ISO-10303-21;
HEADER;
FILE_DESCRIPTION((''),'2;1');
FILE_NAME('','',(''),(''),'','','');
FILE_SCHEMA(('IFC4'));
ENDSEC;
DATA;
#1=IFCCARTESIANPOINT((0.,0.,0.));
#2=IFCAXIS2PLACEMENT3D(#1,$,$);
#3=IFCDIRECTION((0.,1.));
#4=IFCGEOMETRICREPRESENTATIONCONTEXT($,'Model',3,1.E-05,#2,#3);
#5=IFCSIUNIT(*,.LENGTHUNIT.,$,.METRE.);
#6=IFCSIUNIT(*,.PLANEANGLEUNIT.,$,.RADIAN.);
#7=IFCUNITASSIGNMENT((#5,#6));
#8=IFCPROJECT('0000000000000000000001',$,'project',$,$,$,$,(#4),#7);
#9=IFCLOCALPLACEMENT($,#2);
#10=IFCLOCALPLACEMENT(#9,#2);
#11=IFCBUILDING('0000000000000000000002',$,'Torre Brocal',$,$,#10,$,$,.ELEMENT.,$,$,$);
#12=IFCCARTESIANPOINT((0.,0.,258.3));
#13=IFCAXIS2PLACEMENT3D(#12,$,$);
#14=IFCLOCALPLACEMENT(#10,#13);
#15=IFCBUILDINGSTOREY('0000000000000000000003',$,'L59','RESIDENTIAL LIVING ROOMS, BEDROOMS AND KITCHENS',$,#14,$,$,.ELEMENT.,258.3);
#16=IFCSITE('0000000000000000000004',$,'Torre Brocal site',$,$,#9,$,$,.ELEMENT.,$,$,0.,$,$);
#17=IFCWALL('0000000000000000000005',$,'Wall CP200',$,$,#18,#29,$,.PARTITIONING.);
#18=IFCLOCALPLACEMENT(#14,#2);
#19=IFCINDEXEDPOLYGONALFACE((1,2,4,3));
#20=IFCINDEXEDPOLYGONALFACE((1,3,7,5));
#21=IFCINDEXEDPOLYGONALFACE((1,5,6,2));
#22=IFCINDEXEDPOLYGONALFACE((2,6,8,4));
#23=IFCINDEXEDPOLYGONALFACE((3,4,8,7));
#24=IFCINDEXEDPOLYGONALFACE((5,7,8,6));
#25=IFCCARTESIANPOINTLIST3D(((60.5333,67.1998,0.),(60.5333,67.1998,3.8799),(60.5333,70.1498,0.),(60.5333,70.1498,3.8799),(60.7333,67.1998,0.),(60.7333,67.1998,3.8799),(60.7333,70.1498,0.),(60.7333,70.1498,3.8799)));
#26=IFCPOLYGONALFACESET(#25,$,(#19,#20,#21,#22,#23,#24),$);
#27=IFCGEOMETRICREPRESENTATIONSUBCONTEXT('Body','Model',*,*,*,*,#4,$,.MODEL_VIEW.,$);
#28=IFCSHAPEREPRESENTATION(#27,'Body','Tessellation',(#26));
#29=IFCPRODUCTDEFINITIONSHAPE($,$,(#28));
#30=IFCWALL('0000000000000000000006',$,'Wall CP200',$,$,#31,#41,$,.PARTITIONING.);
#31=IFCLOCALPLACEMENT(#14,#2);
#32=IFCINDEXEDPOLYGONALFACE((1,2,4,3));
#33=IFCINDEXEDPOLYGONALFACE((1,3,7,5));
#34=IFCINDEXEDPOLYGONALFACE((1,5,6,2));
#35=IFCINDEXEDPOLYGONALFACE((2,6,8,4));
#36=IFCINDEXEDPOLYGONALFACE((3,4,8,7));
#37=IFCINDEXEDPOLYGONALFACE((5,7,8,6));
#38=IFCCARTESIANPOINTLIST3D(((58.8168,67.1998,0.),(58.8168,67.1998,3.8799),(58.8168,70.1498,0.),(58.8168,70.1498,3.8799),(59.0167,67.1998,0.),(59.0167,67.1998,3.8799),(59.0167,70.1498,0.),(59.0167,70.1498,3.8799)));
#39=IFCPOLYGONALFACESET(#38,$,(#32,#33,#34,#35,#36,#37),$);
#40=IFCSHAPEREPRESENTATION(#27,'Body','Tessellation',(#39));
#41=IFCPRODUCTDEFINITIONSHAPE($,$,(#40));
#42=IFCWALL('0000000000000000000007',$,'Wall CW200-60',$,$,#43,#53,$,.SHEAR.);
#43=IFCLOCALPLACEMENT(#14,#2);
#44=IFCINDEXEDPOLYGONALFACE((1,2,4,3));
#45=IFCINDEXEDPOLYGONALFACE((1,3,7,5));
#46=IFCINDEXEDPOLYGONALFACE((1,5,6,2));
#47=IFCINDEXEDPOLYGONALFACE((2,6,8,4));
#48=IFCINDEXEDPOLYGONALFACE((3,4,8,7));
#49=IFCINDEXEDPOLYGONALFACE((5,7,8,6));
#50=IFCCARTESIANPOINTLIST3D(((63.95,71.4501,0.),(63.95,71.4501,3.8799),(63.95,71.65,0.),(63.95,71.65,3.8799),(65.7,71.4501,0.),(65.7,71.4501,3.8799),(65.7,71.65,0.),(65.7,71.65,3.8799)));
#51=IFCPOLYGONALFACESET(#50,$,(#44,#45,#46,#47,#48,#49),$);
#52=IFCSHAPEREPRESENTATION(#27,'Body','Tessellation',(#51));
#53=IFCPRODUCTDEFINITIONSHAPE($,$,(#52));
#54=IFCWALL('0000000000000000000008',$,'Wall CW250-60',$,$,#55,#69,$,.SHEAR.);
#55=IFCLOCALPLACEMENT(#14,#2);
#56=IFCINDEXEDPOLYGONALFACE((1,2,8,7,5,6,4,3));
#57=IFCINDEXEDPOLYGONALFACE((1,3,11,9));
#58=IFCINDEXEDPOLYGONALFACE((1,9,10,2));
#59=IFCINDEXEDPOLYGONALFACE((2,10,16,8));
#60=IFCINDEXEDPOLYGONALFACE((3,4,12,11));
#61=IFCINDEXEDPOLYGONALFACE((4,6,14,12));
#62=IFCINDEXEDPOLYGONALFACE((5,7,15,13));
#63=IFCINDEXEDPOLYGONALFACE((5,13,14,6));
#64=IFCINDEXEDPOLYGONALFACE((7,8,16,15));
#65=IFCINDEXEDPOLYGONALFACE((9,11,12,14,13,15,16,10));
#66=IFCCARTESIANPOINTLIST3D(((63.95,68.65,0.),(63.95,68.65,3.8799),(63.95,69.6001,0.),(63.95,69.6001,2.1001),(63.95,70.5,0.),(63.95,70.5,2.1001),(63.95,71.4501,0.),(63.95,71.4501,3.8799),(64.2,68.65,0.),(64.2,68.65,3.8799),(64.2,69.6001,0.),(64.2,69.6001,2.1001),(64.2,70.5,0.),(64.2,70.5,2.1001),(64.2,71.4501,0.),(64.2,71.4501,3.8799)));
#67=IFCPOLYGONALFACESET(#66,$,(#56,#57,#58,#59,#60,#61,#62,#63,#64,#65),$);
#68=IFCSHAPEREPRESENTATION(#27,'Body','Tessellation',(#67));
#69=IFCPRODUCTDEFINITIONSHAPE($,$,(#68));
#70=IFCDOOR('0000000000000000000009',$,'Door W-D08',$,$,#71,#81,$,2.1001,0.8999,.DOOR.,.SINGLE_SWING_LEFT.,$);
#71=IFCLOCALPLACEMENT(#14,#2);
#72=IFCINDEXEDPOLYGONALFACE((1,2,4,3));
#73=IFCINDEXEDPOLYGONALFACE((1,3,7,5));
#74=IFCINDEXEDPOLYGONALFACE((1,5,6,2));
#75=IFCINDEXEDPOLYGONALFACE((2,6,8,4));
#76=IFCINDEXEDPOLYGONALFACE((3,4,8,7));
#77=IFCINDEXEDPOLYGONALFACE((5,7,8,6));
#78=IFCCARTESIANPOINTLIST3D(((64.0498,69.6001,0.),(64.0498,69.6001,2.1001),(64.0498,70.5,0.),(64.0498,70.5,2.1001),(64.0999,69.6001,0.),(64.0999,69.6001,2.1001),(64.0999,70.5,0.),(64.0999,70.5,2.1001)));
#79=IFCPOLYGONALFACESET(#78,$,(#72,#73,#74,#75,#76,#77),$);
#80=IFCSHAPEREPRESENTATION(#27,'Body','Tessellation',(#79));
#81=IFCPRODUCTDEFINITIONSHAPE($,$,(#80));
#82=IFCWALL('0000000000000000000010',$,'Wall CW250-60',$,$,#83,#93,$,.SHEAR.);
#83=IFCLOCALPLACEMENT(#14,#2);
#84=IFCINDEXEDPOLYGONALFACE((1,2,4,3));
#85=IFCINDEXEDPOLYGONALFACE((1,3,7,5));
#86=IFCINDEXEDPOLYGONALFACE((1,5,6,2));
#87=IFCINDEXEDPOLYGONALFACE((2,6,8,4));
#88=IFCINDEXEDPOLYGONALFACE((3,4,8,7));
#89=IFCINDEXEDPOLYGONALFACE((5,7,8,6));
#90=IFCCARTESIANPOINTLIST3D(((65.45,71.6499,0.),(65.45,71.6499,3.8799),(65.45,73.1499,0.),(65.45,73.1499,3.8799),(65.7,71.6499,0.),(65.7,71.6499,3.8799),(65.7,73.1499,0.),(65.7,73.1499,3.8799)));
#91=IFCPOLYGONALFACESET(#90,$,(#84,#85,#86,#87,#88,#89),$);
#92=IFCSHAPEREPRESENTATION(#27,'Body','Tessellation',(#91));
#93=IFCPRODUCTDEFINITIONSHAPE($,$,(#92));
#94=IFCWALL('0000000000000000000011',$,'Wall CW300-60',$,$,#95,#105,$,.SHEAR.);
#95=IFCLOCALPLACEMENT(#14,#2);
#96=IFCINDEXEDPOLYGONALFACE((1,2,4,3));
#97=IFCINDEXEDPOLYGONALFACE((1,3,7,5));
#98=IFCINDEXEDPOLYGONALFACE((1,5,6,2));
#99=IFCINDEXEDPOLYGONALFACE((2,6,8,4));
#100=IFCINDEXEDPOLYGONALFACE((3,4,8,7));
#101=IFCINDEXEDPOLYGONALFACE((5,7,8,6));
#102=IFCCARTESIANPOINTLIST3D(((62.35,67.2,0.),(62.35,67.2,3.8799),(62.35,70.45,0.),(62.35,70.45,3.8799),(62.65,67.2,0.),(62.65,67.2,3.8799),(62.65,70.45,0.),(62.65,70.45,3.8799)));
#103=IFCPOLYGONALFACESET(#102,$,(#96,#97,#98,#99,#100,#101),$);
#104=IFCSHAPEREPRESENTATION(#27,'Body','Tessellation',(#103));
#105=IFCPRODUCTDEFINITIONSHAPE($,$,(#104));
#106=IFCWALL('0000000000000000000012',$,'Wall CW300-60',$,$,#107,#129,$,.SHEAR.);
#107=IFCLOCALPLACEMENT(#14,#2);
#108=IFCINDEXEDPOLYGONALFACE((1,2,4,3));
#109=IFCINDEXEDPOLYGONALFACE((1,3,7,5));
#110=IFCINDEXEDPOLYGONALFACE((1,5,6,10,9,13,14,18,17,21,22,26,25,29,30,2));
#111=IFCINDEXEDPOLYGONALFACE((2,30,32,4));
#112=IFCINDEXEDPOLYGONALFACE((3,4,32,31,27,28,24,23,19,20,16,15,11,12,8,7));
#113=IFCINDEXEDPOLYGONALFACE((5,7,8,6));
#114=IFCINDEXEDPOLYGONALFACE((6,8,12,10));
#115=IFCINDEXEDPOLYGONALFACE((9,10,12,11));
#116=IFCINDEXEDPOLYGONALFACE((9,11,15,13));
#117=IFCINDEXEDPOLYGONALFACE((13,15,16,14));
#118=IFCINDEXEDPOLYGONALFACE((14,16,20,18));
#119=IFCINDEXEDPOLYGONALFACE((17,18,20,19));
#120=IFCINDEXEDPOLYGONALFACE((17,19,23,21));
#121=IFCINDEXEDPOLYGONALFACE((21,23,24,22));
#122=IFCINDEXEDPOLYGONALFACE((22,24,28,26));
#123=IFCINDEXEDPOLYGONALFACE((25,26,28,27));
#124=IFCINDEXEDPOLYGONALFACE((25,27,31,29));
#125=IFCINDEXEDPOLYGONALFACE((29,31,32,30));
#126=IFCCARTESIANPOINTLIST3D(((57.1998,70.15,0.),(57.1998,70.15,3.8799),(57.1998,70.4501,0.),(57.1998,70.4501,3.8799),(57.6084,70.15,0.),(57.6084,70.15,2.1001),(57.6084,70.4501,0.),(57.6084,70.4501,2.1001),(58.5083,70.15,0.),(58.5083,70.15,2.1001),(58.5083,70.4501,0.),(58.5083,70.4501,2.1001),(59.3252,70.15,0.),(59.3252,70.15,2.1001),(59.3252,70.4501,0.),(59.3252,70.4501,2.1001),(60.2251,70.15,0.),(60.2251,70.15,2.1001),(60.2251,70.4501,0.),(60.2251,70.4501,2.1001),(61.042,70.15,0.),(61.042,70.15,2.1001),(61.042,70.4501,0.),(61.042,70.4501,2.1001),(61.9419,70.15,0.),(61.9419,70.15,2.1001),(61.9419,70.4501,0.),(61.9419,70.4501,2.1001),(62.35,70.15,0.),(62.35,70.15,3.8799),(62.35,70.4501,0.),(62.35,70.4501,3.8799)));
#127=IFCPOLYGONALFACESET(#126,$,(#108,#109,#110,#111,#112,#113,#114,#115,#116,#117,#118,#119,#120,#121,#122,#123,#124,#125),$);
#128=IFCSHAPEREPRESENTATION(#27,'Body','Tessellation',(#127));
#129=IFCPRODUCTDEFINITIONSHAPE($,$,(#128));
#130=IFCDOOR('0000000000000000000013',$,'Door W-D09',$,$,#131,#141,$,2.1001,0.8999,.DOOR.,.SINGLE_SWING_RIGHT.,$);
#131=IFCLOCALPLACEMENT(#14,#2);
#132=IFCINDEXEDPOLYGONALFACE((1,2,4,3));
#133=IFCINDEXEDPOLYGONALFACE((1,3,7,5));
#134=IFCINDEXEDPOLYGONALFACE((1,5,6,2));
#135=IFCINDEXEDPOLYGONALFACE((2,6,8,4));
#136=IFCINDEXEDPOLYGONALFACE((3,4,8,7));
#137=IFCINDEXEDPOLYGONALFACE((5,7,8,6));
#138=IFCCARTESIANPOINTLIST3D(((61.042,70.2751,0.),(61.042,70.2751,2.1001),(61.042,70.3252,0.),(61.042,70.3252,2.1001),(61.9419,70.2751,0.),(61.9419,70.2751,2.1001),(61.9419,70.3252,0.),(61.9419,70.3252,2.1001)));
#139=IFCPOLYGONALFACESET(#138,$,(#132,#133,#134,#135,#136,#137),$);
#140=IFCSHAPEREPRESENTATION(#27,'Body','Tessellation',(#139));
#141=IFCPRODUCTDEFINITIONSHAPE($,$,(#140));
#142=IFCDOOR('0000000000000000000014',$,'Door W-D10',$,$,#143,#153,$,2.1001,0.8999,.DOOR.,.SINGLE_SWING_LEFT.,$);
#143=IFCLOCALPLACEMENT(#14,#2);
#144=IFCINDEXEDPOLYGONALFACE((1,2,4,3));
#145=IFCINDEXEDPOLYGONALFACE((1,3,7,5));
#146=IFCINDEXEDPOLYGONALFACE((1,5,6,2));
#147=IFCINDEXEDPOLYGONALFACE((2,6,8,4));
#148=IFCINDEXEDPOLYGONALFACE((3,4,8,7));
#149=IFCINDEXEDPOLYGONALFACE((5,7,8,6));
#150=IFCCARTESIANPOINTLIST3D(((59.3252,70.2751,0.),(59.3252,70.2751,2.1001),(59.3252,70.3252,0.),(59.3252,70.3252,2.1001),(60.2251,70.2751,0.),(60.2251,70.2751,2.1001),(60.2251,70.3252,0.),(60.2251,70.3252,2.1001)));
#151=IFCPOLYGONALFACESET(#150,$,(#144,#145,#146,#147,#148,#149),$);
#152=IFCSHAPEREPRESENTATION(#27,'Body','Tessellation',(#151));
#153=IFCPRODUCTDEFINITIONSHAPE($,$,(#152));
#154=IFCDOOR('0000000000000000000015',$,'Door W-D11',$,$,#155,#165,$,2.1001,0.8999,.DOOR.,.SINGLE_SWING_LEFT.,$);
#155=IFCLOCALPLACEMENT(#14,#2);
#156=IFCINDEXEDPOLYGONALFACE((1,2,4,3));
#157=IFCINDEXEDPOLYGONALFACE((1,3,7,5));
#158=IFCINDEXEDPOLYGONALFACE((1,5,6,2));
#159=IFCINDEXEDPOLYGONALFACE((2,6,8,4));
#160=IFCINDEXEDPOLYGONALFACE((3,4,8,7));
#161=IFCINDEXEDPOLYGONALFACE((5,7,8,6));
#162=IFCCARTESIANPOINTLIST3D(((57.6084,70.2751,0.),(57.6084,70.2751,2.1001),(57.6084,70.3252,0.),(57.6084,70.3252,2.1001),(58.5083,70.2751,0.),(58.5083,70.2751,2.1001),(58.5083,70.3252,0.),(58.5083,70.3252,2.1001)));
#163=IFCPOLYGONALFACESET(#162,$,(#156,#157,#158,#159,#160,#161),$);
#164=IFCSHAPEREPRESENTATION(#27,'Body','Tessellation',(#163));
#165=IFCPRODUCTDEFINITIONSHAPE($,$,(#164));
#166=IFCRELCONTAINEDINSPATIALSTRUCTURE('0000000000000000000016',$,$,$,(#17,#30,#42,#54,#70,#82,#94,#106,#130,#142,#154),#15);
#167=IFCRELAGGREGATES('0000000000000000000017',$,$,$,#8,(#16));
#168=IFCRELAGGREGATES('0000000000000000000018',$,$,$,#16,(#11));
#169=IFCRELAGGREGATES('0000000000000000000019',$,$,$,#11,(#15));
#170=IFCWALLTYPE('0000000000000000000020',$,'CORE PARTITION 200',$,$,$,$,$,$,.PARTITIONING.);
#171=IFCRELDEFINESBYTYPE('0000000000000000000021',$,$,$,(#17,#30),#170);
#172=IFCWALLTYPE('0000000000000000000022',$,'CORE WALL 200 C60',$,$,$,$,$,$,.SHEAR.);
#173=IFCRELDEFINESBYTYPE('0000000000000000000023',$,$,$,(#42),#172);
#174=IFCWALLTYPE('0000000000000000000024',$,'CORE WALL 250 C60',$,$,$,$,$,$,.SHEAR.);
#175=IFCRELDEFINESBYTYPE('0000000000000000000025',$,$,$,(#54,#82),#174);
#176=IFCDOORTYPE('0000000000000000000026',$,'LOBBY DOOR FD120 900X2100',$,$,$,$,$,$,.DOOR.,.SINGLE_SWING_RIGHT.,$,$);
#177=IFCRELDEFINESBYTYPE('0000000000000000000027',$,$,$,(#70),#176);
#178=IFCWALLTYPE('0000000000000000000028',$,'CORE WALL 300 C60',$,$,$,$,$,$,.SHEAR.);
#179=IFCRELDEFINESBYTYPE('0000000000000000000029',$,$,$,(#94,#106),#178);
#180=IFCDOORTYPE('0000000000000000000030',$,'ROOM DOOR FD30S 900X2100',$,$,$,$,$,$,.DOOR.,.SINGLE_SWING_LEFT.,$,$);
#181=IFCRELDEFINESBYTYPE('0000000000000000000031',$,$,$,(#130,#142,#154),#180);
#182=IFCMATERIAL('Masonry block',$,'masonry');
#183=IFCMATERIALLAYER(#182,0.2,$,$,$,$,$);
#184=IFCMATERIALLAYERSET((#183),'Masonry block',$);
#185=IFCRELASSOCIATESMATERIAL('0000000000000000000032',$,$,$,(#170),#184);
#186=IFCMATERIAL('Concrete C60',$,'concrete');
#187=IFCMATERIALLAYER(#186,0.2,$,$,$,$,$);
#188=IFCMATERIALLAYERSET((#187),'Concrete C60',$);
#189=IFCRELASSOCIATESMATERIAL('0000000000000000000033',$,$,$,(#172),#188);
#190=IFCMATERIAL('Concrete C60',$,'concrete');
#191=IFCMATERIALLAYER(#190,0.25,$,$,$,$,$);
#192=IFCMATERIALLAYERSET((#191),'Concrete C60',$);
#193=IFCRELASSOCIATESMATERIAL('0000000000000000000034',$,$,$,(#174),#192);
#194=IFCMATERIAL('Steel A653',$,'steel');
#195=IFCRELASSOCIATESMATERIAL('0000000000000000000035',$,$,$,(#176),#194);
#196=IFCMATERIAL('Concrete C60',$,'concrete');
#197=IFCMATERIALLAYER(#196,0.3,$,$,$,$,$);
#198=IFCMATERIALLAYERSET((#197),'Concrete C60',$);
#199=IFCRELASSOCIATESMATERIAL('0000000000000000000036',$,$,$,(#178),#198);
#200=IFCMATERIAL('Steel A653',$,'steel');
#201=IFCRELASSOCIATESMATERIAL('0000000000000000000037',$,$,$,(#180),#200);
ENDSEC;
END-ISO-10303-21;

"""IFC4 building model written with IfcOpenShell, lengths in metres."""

from ifc_helpers import new_model, si_unit, direction, frame, frame_2d, origin, place, context, subcontext, project, spatial, rectangle, extrude, material, layer, layer_set, type_object, element, fill, save


model = new_model("IFC4")

# Units and contexts
model_context = context("Model", 3, precision=1e-05, world=origin(), true_north=direction((0.0, 1.0)))
body_context = subcontext(model_context, "Body", "Model", "MODEL_VIEW")
ifc_project = project(units=[si_unit("LENGTHUNIT", "METRE"), si_unit("PLANEANGLEUNIT", "RADIAN")], contexts=[model_context])

# Site, building, storey
site_placement = place(None, origin())
site = spatial("IfcSite", under=ifc_project, at=site_placement, Name="Torre Brocal site", CompositionType="ELEMENT", RefElevation=0.0)
building_placement = place(site_placement, origin())
building = spatial("IfcBuilding", under=site, at=building_placement, Name="Torre Brocal", CompositionType="ELEMENT")
storey_placement = place(building_placement, frame((0.0, 0.0, 258.3)))
storey = spatial("IfcBuildingStorey", under=building, at=storey_placement, Name="L59", Description="RESIDENTIAL LIVING ROOMS, BEDROOMS AND KITCHENS", CompositionType="ELEMENT", Elevation=258.3)

# Walls
ifc_material_1 = material(Name="Masonry block", Category="masonry")
ifc_layer_1 = layer(ifc_material_1, 0.2)
ifc_layer_set_1 = layer_set([ifc_layer_1], Name="Masonry block")
wall_type_1 = type_object("IfcWallType", Name="CORE PARTITION 200", PredefinedType="PARTITIONING", material=ifc_layer_set_1)
for number, where, z_axis, x_axis, name in (
    (1, (60.6333, 70.1499, 0.0), (0.0, 0.0, 1.0), (0.0, -1.0, 0.0), "Wall CP200"),
    (2, (58.9167, 70.1499, 0.0), (0.0, 0.0, 1.0), (0.0, -1.0, 0.0), "Wall CP200"),
):
    element("IfcWall", number, at=place(storey_placement, frame(where, z_axis=z_axis, x_axis=x_axis)), inside=storey, type_object=wall_type_1, Name=name, PredefinedType="PARTITIONING", context=body_context, shape_type="SweptSolid", body=[
        extrude(rectangle(XDim=2.95, YDim=0.2, at=frame_2d((1.4751, 0.0))), origin(), (0.0, 0.0, 1.0), 3.8799),
    ])
ifc_material_2 = material(Name="Concrete C60", Category="concrete")
ifc_layer_2 = layer(ifc_material_2, 0.2)
ifc_layer_set_2 = layer_set([ifc_layer_2], Name="Concrete C60")
wall_type_2 = type_object("IfcWallType", Name="CORE WALL 200 C60", PredefinedType="SHEAR", material=ifc_layer_set_2)
wall_1_placement = place(storey_placement, frame((65.7, 71.55, 0.0), z_axis=(0.0, 0.0, 1.0), x_axis=(-1.0, 0.0, 0.0)))
element("IfcWall", 3, at=wall_1_placement, inside=storey, type_object=wall_type_2, Name="Wall CW200-60", PredefinedType="SHEAR", context=body_context, shape_type="SweptSolid", body=[
    extrude(rectangle(XDim=1.75, YDim=0.2, at=frame_2d((0.875, 0.0))), origin(), (0.0, 0.0, 1.0), 3.8799),
])

# Wall, opening, door
ifc_material_3 = material(Name="Concrete C60", Category="concrete")
ifc_layer_3 = layer(ifc_material_3, 0.25)
ifc_layer_set_3 = layer_set([ifc_layer_3], Name="Concrete C60")
wall_type_3 = type_object("IfcWallType", Name="CORE WALL 250 C60", PredefinedType="SHEAR", material=ifc_layer_set_3)
wall_2_placement = place(storey_placement, frame((64.075, 71.45, 0.0), z_axis=(0.0, 0.0, 1.0), x_axis=(0.0, -1.0, 0.0)))
wall_2 = element("IfcWall", 4, at=wall_2_placement, inside=storey, type_object=wall_type_3, Name="Wall CW250-60", PredefinedType="SHEAR", context=body_context, shape_type="SweptSolid", body=[
    extrude(rectangle(XDim=2.8, YDim=0.25, at=frame_2d((1.3999, 0.0))), origin(), (0.0, 0.0, 1.0), 3.8799),
])
opening_1_placement = place(wall_2_placement, frame((0.95, 0.0, 0.0)))
opening_1 = element("IfcOpeningElement", 5, at=opening_1_placement, cuts=wall_2, PredefinedType="OPENING", context=body_context, shape_type="SweptSolid", body=[
    extrude(rectangle(XDim=0.8999, YDim=2.1001, at=frame_2d((0.45, 1.05))), frame((0.0, 0.135, 0.0), z_axis=(0.0, -1.0, 0.0), x_axis=(1.0, 0.0, 0.0)), (0.0, 0.0, 1.0), 0.27),
])
ifc_material_4 = material(Name="Steel A653", Category="steel")
door_type_1 = type_object("IfcDoorType", Name="LOBBY DOOR FD120 900X2100", OperationType="SINGLE_SWING_RIGHT", PredefinedType="DOOR", material=ifc_material_4)
door_1_placement = place(opening_1_placement, origin())
door_1 = element("IfcDoor", 6, at=door_1_placement, inside=storey, type_object=door_type_1, Name="Door W-D08", OperationType="SINGLE_SWING_LEFT", OverallHeight=2.1001, OverallWidth=0.8999, PredefinedType="DOOR", context=body_context, shape_type="SweptSolid", body=[
    extrude(rectangle(XDim=0.8999, YDim=2.1001, at=frame_2d((0.45, 1.05))), frame((0.0, 0.0249, 0.0), z_axis=(0.0, -1.0, 0.0), x_axis=(1.0, 0.0, 0.0)), (0.0, 0.0, 1.0), 0.05),
])
fill(opening_1, door_1)

# Walls
wall_3_placement = place(storey_placement, frame((65.575, 73.1499, 0.0), z_axis=(0.0, 0.0, 1.0), x_axis=(0.0, -1.0, 0.0)))
element("IfcWall", 7, at=wall_3_placement, inside=storey, type_object=wall_type_3, Name="Wall CW250-60", PredefinedType="SHEAR", context=body_context, shape_type="SweptSolid", body=[
    extrude(rectangle(XDim=1.5, YDim=0.25, at=frame_2d((0.75, 0.0))), origin(), (0.0, 0.0, 1.0), 3.8799),
])
ifc_material_5 = material(Name="Concrete C60", Category="concrete")
ifc_layer_4 = layer(ifc_material_5, 0.3)
ifc_layer_set_4 = layer_set([ifc_layer_4], Name="Concrete C60")
wall_type_4 = type_object("IfcWallType", Name="CORE WALL 300 C60", PredefinedType="SHEAR", material=ifc_layer_set_4)
wall_4_placement = place(storey_placement, frame((62.5, 70.45, 0.0), z_axis=(0.0, 0.0, 1.0), x_axis=(0.0, -1.0, 0.0)))
element("IfcWall", 8, at=wall_4_placement, inside=storey, type_object=wall_type_4, Name="Wall CW300-60", PredefinedType="SHEAR", context=body_context, shape_type="SweptSolid", body=[
    extrude(rectangle(XDim=3.25, YDim=0.3, at=frame_2d((1.625, 0.0))), origin(), (0.0, 0.0, 1.0), 3.8799),
])

# Wall, openings, doors
wall_5_placement = place(storey_placement, frame((62.3501, 70.3, 0.0), z_axis=(0.0, 0.0, 1.0), x_axis=(-1.0, 0.0, 0.0)))
wall_5 = element("IfcWall", 9, at=wall_5_placement, inside=storey, type_object=wall_type_4, Name="Wall CW300-60", PredefinedType="SHEAR", context=body_context, shape_type="SweptSolid", body=[
    extrude(rectangle(XDim=5.1501, YDim=0.3, at=frame_2d((2.5752, 0.0))), origin(), (0.0, 0.0, 1.0), 3.8799),
])
opening_2_placement = place(wall_5_placement, frame((0.4082, 0.0, 0.0)))
opening_2 = element("IfcOpeningElement", 10, at=opening_2_placement, cuts=wall_5, PredefinedType="OPENING", context=body_context, shape_type="SweptSolid", body=[
    extrude(rectangle(XDim=0.8999, YDim=2.1001, at=frame_2d((0.45, 1.05))), frame((0.0, 0.1599, 0.0), z_axis=(0.0, -1.0, 0.0), x_axis=(1.0, 0.0, 0.0)), (0.0, 0.0, 1.0), 0.3201),
])
opening_3_placement = place(wall_5_placement, frame((2.125, 0.0, 0.0)))
opening_3 = element("IfcOpeningElement", 11, at=opening_3_placement, cuts=wall_5, PredefinedType="OPENING", context=body_context, shape_type="SweptSolid", body=[
    extrude(rectangle(XDim=0.8999, YDim=2.1001, at=frame_2d((0.45, 1.05))), frame((0.0, 0.1599, 0.0), z_axis=(0.0, -1.0, 0.0), x_axis=(1.0, 0.0, 0.0)), (0.0, 0.0, 1.0), 0.3201),
])
opening_4_placement = place(wall_5_placement, frame((3.8418, 0.0, 0.0)))
opening_4 = element("IfcOpeningElement", 12, at=opening_4_placement, cuts=wall_5, PredefinedType="OPENING", context=body_context, shape_type="SweptSolid", body=[
    extrude(rectangle(XDim=0.8999, YDim=2.1001, at=frame_2d((0.45, 1.05))), frame((0.0, 0.1599, 0.0), z_axis=(0.0, -1.0, 0.0), x_axis=(1.0, 0.0, 0.0)), (0.0, 0.0, 1.0), 0.3201),
])
ifc_material_6 = material(Name="Steel A653", Category="steel")
door_type_2 = type_object("IfcDoorType", Name="ROOM DOOR FD30S 900X2100", OperationType="SINGLE_SWING_LEFT", PredefinedType="DOOR", material=ifc_material_6)
door_2_placement = place(opening_2_placement, origin())
door_2 = element("IfcDoor", 13, at=door_2_placement, inside=storey, type_object=door_type_2, Name="Door W-D09", OperationType="SINGLE_SWING_RIGHT", OverallHeight=2.1001, OverallWidth=0.8999, PredefinedType="DOOR", context=body_context, shape_type="SweptSolid", body=[
    extrude(rectangle(XDim=0.8999, YDim=2.1001, at=frame_2d((0.45, 1.05))), frame((0.0, 0.0249, 0.0), z_axis=(0.0, -1.0, 0.0), x_axis=(1.0, 0.0, 0.0)), (0.0, 0.0, 1.0), 0.05),
])
fill(opening_2, door_2)
door_3_placement = place(opening_3_placement, origin())
door_3 = element("IfcDoor", 14, at=door_3_placement, inside=storey, type_object=door_type_2, Name="Door W-D10", OperationType="SINGLE_SWING_LEFT", OverallHeight=2.1001, OverallWidth=0.8999, PredefinedType="DOOR", context=body_context, shape_type="SweptSolid", body=[
    extrude(rectangle(XDim=0.8999, YDim=2.1001, at=frame_2d((0.45, 1.05))), frame((0.0, 0.0249, 0.0), z_axis=(0.0, -1.0, 0.0), x_axis=(1.0, 0.0, 0.0)), (0.0, 0.0, 1.0), 0.05),
])
fill(opening_3, door_3)
door_4_placement = place(opening_4_placement, origin())
door_4 = element("IfcDoor", 15, at=door_4_placement, inside=storey, type_object=door_type_2, Name="Door W-D11", OperationType="SINGLE_SWING_LEFT", OverallHeight=2.1001, OverallWidth=0.8999, PredefinedType="DOOR", context=body_context, shape_type="SweptSolid", body=[
    extrude(rectangle(XDim=0.8999, YDim=2.1001, at=frame_2d((0.45, 1.05))), frame((0.0, 0.0249, 0.0), z_axis=(0.0, -1.0, 0.0), x_axis=(1.0, 0.0, 0.0)), (0.0, 0.0, 1.0), 0.05),
])
fill(opening_4, door_4)

save(model, "model.ifc")
